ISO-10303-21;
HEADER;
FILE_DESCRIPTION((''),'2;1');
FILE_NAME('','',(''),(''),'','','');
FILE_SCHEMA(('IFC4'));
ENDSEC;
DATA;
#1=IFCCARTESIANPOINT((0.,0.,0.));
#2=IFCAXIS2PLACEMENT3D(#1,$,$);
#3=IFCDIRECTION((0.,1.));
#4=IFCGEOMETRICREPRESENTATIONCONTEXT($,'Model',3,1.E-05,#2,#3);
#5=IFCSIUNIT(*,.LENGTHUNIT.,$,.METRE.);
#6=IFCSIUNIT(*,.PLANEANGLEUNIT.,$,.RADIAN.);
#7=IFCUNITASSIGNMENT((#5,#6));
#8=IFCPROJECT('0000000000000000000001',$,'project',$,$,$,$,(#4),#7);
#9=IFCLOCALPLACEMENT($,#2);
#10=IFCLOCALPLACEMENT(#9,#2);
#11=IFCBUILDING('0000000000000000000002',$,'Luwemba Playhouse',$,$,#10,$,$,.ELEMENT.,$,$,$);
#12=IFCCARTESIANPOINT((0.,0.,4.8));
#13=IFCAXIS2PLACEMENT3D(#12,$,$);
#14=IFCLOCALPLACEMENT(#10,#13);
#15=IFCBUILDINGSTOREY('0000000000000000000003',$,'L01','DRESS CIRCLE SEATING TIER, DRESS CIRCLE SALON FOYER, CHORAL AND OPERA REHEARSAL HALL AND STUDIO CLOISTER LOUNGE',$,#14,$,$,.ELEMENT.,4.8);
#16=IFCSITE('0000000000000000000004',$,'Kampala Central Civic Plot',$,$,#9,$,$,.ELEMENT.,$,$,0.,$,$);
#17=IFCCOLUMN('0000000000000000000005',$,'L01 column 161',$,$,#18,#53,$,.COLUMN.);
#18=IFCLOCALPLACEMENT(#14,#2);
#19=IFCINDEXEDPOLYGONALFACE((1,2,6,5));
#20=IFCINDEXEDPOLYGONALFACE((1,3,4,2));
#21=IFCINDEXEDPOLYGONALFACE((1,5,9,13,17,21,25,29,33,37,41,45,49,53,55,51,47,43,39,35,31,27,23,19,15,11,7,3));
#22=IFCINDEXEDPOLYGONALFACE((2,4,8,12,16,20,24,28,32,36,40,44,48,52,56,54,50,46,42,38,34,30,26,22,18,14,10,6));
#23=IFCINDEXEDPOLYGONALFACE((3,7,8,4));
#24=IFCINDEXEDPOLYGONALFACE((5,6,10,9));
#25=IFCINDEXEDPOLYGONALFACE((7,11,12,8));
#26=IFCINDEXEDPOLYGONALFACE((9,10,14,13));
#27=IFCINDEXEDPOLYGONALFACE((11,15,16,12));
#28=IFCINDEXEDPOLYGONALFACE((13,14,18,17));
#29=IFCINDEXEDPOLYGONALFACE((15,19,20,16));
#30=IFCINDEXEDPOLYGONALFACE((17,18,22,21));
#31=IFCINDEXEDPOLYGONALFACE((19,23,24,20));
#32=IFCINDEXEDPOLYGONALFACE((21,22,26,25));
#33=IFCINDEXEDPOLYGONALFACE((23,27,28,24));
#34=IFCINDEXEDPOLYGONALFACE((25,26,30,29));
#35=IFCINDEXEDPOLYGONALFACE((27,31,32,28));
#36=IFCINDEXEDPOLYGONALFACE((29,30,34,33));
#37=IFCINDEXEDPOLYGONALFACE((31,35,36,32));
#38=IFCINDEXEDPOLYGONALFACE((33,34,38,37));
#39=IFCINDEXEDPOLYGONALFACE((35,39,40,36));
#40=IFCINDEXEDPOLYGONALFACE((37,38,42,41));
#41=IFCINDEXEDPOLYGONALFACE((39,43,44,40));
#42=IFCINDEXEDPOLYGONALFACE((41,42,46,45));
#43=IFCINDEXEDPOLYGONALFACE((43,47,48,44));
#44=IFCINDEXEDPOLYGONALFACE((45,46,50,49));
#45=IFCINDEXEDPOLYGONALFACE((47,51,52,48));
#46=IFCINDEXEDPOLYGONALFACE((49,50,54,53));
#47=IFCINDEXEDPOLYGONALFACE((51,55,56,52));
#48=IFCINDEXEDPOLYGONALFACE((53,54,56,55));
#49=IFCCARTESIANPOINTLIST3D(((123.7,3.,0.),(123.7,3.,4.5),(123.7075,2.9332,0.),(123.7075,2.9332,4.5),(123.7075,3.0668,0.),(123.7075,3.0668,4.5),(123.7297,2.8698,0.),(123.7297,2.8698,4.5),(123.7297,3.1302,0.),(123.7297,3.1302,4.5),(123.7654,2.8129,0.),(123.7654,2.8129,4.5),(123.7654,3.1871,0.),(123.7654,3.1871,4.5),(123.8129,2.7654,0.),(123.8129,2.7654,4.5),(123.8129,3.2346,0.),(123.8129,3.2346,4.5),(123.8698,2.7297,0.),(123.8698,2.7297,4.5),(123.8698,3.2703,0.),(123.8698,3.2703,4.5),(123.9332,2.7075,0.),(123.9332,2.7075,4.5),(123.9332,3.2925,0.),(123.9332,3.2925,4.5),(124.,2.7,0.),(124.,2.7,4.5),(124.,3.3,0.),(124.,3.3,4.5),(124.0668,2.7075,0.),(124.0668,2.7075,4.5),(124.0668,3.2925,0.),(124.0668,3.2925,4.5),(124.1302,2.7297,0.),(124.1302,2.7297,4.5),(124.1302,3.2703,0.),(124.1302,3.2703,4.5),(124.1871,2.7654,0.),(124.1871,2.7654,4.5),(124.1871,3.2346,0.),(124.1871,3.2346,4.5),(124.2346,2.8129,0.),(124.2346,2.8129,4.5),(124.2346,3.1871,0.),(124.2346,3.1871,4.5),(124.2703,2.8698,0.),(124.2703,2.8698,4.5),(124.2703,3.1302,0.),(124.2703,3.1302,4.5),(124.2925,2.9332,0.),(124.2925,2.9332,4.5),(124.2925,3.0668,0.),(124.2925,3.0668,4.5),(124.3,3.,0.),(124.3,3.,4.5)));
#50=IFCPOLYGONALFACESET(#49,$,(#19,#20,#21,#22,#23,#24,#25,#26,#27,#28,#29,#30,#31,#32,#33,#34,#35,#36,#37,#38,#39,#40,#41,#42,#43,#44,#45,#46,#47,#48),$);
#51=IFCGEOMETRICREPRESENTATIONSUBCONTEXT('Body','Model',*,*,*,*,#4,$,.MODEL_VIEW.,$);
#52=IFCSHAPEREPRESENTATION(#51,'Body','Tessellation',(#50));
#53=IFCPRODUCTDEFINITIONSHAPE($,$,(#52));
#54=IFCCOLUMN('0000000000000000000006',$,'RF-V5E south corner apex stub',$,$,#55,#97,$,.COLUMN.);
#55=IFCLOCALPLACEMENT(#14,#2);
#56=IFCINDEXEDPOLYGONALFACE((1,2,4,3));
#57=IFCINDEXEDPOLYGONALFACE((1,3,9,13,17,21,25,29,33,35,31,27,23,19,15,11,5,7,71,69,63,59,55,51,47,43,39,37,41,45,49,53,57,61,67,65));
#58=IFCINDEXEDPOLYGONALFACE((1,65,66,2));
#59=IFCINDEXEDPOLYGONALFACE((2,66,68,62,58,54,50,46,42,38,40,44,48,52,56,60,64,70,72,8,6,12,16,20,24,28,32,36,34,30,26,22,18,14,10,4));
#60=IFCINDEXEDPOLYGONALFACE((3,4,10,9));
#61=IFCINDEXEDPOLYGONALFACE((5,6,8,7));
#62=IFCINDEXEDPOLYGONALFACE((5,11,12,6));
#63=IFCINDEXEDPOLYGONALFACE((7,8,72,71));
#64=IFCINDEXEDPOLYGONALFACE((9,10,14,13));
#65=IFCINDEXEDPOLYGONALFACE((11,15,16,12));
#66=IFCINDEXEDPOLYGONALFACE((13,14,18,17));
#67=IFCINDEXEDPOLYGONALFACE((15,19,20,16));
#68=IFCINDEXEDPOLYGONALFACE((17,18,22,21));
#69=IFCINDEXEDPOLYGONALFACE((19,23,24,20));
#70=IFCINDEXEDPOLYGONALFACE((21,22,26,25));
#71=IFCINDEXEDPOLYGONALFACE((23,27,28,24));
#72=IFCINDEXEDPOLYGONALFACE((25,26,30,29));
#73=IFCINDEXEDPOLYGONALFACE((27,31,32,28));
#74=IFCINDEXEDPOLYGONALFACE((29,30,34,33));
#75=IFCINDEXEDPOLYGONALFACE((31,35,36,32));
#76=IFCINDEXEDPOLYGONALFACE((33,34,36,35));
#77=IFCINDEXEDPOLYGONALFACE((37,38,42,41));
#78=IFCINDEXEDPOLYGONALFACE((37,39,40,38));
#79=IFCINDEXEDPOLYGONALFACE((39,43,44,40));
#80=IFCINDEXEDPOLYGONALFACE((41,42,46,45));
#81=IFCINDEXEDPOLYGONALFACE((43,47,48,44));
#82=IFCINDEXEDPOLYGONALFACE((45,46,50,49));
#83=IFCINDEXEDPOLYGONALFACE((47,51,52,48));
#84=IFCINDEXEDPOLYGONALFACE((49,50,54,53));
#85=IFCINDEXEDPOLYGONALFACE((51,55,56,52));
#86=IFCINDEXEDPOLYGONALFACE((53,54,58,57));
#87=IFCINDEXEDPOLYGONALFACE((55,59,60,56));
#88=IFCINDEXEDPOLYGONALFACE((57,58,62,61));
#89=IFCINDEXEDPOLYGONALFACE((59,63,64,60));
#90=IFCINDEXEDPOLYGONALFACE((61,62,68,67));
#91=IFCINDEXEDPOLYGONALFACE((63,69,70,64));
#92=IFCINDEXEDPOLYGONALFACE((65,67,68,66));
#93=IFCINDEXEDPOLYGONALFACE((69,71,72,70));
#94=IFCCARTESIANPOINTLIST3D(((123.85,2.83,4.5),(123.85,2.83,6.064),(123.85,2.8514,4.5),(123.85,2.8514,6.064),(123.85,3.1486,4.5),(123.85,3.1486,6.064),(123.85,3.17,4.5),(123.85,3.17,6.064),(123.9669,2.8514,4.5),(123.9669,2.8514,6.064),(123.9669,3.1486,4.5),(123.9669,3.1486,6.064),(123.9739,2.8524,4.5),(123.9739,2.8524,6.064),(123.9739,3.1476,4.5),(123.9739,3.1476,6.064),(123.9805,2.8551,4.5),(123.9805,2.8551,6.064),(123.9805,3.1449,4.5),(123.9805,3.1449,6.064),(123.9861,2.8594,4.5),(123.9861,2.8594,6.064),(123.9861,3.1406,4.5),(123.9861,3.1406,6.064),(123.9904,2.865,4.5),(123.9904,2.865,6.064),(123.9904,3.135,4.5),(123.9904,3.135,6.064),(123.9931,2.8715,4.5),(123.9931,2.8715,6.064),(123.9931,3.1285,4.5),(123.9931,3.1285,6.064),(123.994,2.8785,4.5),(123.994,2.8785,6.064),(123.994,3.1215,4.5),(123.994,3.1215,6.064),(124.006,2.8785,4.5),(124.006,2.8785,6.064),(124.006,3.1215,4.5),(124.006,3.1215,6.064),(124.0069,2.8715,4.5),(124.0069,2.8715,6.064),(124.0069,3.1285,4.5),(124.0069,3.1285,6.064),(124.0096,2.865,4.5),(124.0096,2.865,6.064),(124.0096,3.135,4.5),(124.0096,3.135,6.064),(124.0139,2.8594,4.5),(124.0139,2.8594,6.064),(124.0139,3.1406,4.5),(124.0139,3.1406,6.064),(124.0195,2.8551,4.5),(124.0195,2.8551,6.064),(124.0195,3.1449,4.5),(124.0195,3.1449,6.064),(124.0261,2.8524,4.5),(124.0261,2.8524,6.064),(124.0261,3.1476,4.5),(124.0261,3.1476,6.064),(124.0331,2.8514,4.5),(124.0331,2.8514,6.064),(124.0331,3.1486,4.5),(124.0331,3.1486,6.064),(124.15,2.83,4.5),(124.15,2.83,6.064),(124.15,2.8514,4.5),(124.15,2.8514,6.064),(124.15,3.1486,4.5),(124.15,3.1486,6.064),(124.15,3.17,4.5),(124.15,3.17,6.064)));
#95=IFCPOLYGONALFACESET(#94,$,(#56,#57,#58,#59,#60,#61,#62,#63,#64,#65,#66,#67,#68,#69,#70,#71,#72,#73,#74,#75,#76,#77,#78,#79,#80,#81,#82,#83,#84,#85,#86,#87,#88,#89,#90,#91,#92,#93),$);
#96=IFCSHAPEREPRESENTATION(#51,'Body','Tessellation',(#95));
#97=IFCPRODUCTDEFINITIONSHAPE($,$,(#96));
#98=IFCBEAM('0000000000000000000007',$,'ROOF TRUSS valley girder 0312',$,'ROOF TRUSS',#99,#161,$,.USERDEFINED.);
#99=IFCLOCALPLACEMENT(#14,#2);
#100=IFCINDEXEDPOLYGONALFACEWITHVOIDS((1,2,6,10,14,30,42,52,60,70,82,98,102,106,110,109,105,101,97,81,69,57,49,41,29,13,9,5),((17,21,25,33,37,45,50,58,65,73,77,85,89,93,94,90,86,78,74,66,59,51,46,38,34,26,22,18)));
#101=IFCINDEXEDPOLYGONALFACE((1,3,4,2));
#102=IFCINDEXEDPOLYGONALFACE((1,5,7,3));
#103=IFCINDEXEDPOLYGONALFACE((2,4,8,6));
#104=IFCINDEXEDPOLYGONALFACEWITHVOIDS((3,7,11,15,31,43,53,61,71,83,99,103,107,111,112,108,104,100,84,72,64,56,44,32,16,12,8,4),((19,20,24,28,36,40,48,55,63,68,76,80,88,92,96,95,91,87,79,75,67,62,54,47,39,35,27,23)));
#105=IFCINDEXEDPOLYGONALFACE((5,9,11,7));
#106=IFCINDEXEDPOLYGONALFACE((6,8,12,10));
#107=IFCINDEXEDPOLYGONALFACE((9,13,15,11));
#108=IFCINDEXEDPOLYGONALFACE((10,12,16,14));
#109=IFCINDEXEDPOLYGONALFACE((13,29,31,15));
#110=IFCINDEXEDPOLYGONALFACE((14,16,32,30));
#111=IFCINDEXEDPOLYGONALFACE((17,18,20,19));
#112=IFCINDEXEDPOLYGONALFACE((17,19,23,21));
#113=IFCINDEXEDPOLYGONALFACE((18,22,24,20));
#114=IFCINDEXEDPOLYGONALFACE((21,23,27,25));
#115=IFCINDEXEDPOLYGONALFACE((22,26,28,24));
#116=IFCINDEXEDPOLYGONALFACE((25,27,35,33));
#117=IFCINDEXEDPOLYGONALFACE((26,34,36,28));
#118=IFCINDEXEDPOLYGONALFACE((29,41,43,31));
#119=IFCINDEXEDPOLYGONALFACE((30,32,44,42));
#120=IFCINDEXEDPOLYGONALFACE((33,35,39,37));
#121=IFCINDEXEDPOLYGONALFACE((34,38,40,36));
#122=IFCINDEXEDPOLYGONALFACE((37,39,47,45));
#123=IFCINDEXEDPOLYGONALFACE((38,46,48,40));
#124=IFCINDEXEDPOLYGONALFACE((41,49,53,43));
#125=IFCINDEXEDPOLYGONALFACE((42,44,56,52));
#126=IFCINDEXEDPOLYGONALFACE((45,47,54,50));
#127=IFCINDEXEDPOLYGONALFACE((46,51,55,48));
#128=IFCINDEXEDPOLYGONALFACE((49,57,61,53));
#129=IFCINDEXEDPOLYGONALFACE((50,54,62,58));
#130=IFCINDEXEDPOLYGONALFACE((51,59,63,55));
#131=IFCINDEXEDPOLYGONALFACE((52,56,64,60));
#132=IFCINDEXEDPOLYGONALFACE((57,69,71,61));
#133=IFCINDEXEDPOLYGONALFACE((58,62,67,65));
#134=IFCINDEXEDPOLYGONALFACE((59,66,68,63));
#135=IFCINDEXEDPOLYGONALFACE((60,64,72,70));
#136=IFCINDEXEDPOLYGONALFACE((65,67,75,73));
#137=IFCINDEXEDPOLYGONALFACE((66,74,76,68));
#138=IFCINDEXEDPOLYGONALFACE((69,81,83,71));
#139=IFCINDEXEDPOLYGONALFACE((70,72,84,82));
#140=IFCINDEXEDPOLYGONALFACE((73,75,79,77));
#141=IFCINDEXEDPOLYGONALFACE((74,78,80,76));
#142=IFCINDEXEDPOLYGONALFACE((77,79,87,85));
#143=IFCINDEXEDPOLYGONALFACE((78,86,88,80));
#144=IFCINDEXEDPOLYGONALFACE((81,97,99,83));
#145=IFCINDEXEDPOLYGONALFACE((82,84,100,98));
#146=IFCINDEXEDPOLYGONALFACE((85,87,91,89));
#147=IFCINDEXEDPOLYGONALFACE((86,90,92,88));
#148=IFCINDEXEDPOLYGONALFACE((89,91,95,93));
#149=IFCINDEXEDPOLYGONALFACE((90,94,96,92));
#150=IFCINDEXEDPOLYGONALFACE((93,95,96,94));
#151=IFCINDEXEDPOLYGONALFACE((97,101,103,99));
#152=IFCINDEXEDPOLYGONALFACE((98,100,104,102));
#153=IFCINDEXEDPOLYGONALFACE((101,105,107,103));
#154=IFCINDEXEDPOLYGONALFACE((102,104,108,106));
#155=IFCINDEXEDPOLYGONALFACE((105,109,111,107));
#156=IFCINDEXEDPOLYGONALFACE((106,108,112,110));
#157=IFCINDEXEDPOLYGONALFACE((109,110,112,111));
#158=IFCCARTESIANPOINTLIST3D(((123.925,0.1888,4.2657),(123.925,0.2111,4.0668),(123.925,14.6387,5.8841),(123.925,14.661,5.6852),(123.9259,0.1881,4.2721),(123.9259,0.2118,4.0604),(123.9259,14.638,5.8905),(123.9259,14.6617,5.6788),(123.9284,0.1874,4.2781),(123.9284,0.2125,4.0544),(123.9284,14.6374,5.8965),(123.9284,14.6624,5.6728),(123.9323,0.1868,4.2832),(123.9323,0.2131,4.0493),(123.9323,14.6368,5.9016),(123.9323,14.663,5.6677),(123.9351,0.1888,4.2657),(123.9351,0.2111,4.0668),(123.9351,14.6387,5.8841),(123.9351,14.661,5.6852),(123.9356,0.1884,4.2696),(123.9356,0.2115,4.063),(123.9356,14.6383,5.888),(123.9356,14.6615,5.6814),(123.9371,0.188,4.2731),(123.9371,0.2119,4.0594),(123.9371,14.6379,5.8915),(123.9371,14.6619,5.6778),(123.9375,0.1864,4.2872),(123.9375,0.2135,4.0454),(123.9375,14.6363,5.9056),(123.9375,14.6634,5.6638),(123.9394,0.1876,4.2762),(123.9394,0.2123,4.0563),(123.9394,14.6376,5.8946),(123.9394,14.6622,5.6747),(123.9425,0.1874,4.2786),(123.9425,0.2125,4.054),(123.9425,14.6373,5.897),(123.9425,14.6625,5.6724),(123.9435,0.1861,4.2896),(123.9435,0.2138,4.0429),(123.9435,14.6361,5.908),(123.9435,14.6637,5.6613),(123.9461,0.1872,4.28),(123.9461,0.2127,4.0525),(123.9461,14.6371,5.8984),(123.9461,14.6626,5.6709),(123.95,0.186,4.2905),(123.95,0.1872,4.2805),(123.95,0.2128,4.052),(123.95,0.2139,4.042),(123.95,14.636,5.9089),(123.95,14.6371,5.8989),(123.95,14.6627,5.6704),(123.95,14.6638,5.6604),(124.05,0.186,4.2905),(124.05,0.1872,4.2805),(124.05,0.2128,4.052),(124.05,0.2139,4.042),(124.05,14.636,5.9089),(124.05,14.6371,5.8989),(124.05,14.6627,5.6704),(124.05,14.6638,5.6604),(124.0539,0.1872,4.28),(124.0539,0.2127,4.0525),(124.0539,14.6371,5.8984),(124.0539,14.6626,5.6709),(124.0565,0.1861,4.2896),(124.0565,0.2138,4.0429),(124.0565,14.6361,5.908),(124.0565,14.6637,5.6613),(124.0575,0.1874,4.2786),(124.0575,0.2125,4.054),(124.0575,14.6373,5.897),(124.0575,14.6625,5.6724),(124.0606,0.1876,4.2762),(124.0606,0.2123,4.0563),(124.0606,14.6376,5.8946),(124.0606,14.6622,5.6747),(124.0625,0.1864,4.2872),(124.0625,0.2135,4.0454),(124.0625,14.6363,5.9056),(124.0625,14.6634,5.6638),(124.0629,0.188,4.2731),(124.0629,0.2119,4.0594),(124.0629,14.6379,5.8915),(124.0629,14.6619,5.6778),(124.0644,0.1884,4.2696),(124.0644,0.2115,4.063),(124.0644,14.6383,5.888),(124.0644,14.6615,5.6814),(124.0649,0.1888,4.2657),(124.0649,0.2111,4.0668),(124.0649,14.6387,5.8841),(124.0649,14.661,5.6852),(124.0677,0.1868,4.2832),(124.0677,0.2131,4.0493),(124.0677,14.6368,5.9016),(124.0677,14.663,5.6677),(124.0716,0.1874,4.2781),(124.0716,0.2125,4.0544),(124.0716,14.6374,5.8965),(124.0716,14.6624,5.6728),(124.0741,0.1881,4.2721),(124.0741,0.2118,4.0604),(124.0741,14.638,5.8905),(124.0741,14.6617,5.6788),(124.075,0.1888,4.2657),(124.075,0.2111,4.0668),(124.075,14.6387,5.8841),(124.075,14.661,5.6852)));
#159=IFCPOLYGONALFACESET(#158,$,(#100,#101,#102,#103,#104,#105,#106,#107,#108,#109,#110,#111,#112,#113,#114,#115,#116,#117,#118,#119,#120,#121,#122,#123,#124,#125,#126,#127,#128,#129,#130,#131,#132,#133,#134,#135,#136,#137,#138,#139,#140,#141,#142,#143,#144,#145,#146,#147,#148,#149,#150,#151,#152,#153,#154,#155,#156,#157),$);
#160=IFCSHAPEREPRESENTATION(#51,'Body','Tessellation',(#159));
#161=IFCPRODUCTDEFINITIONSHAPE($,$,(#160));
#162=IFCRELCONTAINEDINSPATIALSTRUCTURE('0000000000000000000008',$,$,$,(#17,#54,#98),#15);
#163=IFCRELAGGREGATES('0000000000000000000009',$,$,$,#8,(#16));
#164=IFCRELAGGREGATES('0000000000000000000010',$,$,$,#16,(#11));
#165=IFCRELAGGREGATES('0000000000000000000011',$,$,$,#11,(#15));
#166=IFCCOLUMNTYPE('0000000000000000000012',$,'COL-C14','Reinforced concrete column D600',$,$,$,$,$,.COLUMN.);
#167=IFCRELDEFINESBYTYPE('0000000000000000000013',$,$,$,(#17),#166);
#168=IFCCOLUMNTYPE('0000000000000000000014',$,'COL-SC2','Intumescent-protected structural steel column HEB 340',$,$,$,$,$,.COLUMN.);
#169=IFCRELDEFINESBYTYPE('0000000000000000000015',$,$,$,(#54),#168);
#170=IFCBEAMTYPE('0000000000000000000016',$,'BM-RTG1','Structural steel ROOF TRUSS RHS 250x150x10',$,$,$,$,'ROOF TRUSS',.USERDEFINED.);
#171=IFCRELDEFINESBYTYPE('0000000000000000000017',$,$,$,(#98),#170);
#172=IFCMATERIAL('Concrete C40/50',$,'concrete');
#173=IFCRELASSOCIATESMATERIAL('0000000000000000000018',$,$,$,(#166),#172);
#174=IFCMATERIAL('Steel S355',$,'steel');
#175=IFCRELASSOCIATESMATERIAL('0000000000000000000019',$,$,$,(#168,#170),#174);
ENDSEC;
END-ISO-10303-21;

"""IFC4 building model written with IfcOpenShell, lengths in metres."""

from ifc_helpers import new_model, si_unit, direction, frame, origin, origin_2d, place, context, subcontext, project, spatial, hollow_rectangle, circle, i_section, extrude, material, material_profile, profile_set, type_object, element, save


model = new_model("IFC4")

# Units and contexts
model_context = context("Model", 3, precision=1e-05, world=origin(), true_north=direction((0.0, 1.0)))
body_context = subcontext(model_context, "Body", "Model", "MODEL_VIEW")
ifc_project = project(units=[si_unit("LENGTHUNIT", "METRE"), si_unit("PLANEANGLEUNIT", "RADIAN")], contexts=[model_context])

# Site, building, storey
site_placement = place(None, origin())
site = spatial("IfcSite", under=ifc_project, at=site_placement, Name="Kampala Central Civic Plot", CompositionType="ELEMENT", RefElevation=0.0)
building_placement = place(site_placement, origin())
building = spatial("IfcBuilding", under=site, at=building_placement, Name="Luwemba Playhouse", CompositionType="ELEMENT")
storey_placement = place(building_placement, frame((0.0, 0.0, 4.8)))
storey = spatial("IfcBuildingStorey", under=building, at=storey_placement, Name="L01", Description="DRESS CIRCLE SEATING TIER, DRESS CIRCLE SALON FOYER, CHORAL AND OPERA REHEARSAL HALL AND STUDIO CLOISTER LOUNGE", CompositionType="ELEMENT", Elevation=4.8)

# Columns
ifc_material_1 = material(Name="Concrete C40/50", Category="concrete")
ifc_material_profile_1 = material_profile(ifc_material_1, circle(Radius=0.3, at=origin_2d()))
ifc_profile_set_1 = profile_set([ifc_material_profile_1], Name="Concrete C40/50")
column_type_1 = type_object("IfcColumnType", Name="COL-C14", Description="Reinforced concrete column D600", PredefinedType="COLUMN", material=ifc_profile_set_1)
column_1_placement = place(storey_placement, frame((124.0, 3.0, 0.0), z_axis=(0.0, 0.0, 1.0), x_axis=(1.0, 0.0, 0.0)))
element("IfcColumn", 1, at=column_1_placement, inside=storey, type_object=column_type_1, Name="L01 column 161", PredefinedType="COLUMN", context=body_context, shape_type="SweptSolid", body=[
    extrude(circle(Radius=0.3, at=origin_2d()), origin(), (0.0, 0.0, 1.0), 4.5),
])
ifc_material_2 = material(Name="Steel S355", Category="steel")
ifc_material_profile_2 = material_profile(ifc_material_2, i_section(OverallWidth=0.3, OverallDepth=0.3401, WebThickness=0.012, FlangeThickness=0.0215, FilletRadius=0.0271, at=origin_2d()))
ifc_profile_set_2 = profile_set([ifc_material_profile_2], Name="Steel S355")
column_type_2 = type_object("IfcColumnType", Name="COL-SC2", Description="Intumescent-protected structural steel column HEB 340", PredefinedType="COLUMN", material=ifc_profile_set_2)
column_2_placement = place(storey_placement, frame((124.0, 3.0, 4.5), z_axis=(0.0, 0.0, 1.0), x_axis=(1.0, 0.0, 0.0)))
element("IfcColumn", 2, at=column_2_placement, inside=storey, type_object=column_type_2, Name="RF-V5E south corner apex stub", PredefinedType="COLUMN", context=body_context, shape_type="SweptSolid", body=[
    extrude(i_section(OverallWidth=0.3, OverallDepth=0.3401, WebThickness=0.012, FlangeThickness=0.0215, FilletRadius=0.0271, at=origin_2d()), origin(), (0.0, 0.0, 1.0), 1.564),
])

# Beam
ifc_material_profile_3 = material_profile(ifc_material_2, hollow_rectangle(XDim=0.1499, YDim=0.25, WallThickness=0.01, InnerFilletRadius=0.0149, OuterFilletRadius=0.0249, at=origin_2d()))
ifc_profile_set_3 = profile_set([ifc_material_profile_3], Name="Steel S355")
beam_type_1 = type_object("IfcBeamType", Name="BM-RTG1", Description="Structural steel ROOF TRUSS RHS 250x150x10", ElementType="ROOF TRUSS", PredefinedType="USERDEFINED", material=ifc_profile_set_3)
beam_1_placement = place(storey_placement, frame((124.0, 0.2, 4.1663), z_axis=(0.0, 0.993786, 0.111305), x_axis=(-1.0, 0.0, 0.0)))
element("IfcBeam", 3, at=beam_1_placement, inside=storey, type_object=beam_type_1, Name="ROOF TRUSS valley girder 0312", ObjectType="ROOF TRUSS", PredefinedType="USERDEFINED", context=body_context, shape_type="SweptSolid", body=[
    extrude(hollow_rectangle(XDim=0.1499, YDim=0.25, WallThickness=0.01, InnerFilletRadius=0.0149, OuterFilletRadius=0.0249, at=origin_2d()), origin(), (0.0, 0.0, 1.0), 14.5403),
])

save(model, "model.ifc")
